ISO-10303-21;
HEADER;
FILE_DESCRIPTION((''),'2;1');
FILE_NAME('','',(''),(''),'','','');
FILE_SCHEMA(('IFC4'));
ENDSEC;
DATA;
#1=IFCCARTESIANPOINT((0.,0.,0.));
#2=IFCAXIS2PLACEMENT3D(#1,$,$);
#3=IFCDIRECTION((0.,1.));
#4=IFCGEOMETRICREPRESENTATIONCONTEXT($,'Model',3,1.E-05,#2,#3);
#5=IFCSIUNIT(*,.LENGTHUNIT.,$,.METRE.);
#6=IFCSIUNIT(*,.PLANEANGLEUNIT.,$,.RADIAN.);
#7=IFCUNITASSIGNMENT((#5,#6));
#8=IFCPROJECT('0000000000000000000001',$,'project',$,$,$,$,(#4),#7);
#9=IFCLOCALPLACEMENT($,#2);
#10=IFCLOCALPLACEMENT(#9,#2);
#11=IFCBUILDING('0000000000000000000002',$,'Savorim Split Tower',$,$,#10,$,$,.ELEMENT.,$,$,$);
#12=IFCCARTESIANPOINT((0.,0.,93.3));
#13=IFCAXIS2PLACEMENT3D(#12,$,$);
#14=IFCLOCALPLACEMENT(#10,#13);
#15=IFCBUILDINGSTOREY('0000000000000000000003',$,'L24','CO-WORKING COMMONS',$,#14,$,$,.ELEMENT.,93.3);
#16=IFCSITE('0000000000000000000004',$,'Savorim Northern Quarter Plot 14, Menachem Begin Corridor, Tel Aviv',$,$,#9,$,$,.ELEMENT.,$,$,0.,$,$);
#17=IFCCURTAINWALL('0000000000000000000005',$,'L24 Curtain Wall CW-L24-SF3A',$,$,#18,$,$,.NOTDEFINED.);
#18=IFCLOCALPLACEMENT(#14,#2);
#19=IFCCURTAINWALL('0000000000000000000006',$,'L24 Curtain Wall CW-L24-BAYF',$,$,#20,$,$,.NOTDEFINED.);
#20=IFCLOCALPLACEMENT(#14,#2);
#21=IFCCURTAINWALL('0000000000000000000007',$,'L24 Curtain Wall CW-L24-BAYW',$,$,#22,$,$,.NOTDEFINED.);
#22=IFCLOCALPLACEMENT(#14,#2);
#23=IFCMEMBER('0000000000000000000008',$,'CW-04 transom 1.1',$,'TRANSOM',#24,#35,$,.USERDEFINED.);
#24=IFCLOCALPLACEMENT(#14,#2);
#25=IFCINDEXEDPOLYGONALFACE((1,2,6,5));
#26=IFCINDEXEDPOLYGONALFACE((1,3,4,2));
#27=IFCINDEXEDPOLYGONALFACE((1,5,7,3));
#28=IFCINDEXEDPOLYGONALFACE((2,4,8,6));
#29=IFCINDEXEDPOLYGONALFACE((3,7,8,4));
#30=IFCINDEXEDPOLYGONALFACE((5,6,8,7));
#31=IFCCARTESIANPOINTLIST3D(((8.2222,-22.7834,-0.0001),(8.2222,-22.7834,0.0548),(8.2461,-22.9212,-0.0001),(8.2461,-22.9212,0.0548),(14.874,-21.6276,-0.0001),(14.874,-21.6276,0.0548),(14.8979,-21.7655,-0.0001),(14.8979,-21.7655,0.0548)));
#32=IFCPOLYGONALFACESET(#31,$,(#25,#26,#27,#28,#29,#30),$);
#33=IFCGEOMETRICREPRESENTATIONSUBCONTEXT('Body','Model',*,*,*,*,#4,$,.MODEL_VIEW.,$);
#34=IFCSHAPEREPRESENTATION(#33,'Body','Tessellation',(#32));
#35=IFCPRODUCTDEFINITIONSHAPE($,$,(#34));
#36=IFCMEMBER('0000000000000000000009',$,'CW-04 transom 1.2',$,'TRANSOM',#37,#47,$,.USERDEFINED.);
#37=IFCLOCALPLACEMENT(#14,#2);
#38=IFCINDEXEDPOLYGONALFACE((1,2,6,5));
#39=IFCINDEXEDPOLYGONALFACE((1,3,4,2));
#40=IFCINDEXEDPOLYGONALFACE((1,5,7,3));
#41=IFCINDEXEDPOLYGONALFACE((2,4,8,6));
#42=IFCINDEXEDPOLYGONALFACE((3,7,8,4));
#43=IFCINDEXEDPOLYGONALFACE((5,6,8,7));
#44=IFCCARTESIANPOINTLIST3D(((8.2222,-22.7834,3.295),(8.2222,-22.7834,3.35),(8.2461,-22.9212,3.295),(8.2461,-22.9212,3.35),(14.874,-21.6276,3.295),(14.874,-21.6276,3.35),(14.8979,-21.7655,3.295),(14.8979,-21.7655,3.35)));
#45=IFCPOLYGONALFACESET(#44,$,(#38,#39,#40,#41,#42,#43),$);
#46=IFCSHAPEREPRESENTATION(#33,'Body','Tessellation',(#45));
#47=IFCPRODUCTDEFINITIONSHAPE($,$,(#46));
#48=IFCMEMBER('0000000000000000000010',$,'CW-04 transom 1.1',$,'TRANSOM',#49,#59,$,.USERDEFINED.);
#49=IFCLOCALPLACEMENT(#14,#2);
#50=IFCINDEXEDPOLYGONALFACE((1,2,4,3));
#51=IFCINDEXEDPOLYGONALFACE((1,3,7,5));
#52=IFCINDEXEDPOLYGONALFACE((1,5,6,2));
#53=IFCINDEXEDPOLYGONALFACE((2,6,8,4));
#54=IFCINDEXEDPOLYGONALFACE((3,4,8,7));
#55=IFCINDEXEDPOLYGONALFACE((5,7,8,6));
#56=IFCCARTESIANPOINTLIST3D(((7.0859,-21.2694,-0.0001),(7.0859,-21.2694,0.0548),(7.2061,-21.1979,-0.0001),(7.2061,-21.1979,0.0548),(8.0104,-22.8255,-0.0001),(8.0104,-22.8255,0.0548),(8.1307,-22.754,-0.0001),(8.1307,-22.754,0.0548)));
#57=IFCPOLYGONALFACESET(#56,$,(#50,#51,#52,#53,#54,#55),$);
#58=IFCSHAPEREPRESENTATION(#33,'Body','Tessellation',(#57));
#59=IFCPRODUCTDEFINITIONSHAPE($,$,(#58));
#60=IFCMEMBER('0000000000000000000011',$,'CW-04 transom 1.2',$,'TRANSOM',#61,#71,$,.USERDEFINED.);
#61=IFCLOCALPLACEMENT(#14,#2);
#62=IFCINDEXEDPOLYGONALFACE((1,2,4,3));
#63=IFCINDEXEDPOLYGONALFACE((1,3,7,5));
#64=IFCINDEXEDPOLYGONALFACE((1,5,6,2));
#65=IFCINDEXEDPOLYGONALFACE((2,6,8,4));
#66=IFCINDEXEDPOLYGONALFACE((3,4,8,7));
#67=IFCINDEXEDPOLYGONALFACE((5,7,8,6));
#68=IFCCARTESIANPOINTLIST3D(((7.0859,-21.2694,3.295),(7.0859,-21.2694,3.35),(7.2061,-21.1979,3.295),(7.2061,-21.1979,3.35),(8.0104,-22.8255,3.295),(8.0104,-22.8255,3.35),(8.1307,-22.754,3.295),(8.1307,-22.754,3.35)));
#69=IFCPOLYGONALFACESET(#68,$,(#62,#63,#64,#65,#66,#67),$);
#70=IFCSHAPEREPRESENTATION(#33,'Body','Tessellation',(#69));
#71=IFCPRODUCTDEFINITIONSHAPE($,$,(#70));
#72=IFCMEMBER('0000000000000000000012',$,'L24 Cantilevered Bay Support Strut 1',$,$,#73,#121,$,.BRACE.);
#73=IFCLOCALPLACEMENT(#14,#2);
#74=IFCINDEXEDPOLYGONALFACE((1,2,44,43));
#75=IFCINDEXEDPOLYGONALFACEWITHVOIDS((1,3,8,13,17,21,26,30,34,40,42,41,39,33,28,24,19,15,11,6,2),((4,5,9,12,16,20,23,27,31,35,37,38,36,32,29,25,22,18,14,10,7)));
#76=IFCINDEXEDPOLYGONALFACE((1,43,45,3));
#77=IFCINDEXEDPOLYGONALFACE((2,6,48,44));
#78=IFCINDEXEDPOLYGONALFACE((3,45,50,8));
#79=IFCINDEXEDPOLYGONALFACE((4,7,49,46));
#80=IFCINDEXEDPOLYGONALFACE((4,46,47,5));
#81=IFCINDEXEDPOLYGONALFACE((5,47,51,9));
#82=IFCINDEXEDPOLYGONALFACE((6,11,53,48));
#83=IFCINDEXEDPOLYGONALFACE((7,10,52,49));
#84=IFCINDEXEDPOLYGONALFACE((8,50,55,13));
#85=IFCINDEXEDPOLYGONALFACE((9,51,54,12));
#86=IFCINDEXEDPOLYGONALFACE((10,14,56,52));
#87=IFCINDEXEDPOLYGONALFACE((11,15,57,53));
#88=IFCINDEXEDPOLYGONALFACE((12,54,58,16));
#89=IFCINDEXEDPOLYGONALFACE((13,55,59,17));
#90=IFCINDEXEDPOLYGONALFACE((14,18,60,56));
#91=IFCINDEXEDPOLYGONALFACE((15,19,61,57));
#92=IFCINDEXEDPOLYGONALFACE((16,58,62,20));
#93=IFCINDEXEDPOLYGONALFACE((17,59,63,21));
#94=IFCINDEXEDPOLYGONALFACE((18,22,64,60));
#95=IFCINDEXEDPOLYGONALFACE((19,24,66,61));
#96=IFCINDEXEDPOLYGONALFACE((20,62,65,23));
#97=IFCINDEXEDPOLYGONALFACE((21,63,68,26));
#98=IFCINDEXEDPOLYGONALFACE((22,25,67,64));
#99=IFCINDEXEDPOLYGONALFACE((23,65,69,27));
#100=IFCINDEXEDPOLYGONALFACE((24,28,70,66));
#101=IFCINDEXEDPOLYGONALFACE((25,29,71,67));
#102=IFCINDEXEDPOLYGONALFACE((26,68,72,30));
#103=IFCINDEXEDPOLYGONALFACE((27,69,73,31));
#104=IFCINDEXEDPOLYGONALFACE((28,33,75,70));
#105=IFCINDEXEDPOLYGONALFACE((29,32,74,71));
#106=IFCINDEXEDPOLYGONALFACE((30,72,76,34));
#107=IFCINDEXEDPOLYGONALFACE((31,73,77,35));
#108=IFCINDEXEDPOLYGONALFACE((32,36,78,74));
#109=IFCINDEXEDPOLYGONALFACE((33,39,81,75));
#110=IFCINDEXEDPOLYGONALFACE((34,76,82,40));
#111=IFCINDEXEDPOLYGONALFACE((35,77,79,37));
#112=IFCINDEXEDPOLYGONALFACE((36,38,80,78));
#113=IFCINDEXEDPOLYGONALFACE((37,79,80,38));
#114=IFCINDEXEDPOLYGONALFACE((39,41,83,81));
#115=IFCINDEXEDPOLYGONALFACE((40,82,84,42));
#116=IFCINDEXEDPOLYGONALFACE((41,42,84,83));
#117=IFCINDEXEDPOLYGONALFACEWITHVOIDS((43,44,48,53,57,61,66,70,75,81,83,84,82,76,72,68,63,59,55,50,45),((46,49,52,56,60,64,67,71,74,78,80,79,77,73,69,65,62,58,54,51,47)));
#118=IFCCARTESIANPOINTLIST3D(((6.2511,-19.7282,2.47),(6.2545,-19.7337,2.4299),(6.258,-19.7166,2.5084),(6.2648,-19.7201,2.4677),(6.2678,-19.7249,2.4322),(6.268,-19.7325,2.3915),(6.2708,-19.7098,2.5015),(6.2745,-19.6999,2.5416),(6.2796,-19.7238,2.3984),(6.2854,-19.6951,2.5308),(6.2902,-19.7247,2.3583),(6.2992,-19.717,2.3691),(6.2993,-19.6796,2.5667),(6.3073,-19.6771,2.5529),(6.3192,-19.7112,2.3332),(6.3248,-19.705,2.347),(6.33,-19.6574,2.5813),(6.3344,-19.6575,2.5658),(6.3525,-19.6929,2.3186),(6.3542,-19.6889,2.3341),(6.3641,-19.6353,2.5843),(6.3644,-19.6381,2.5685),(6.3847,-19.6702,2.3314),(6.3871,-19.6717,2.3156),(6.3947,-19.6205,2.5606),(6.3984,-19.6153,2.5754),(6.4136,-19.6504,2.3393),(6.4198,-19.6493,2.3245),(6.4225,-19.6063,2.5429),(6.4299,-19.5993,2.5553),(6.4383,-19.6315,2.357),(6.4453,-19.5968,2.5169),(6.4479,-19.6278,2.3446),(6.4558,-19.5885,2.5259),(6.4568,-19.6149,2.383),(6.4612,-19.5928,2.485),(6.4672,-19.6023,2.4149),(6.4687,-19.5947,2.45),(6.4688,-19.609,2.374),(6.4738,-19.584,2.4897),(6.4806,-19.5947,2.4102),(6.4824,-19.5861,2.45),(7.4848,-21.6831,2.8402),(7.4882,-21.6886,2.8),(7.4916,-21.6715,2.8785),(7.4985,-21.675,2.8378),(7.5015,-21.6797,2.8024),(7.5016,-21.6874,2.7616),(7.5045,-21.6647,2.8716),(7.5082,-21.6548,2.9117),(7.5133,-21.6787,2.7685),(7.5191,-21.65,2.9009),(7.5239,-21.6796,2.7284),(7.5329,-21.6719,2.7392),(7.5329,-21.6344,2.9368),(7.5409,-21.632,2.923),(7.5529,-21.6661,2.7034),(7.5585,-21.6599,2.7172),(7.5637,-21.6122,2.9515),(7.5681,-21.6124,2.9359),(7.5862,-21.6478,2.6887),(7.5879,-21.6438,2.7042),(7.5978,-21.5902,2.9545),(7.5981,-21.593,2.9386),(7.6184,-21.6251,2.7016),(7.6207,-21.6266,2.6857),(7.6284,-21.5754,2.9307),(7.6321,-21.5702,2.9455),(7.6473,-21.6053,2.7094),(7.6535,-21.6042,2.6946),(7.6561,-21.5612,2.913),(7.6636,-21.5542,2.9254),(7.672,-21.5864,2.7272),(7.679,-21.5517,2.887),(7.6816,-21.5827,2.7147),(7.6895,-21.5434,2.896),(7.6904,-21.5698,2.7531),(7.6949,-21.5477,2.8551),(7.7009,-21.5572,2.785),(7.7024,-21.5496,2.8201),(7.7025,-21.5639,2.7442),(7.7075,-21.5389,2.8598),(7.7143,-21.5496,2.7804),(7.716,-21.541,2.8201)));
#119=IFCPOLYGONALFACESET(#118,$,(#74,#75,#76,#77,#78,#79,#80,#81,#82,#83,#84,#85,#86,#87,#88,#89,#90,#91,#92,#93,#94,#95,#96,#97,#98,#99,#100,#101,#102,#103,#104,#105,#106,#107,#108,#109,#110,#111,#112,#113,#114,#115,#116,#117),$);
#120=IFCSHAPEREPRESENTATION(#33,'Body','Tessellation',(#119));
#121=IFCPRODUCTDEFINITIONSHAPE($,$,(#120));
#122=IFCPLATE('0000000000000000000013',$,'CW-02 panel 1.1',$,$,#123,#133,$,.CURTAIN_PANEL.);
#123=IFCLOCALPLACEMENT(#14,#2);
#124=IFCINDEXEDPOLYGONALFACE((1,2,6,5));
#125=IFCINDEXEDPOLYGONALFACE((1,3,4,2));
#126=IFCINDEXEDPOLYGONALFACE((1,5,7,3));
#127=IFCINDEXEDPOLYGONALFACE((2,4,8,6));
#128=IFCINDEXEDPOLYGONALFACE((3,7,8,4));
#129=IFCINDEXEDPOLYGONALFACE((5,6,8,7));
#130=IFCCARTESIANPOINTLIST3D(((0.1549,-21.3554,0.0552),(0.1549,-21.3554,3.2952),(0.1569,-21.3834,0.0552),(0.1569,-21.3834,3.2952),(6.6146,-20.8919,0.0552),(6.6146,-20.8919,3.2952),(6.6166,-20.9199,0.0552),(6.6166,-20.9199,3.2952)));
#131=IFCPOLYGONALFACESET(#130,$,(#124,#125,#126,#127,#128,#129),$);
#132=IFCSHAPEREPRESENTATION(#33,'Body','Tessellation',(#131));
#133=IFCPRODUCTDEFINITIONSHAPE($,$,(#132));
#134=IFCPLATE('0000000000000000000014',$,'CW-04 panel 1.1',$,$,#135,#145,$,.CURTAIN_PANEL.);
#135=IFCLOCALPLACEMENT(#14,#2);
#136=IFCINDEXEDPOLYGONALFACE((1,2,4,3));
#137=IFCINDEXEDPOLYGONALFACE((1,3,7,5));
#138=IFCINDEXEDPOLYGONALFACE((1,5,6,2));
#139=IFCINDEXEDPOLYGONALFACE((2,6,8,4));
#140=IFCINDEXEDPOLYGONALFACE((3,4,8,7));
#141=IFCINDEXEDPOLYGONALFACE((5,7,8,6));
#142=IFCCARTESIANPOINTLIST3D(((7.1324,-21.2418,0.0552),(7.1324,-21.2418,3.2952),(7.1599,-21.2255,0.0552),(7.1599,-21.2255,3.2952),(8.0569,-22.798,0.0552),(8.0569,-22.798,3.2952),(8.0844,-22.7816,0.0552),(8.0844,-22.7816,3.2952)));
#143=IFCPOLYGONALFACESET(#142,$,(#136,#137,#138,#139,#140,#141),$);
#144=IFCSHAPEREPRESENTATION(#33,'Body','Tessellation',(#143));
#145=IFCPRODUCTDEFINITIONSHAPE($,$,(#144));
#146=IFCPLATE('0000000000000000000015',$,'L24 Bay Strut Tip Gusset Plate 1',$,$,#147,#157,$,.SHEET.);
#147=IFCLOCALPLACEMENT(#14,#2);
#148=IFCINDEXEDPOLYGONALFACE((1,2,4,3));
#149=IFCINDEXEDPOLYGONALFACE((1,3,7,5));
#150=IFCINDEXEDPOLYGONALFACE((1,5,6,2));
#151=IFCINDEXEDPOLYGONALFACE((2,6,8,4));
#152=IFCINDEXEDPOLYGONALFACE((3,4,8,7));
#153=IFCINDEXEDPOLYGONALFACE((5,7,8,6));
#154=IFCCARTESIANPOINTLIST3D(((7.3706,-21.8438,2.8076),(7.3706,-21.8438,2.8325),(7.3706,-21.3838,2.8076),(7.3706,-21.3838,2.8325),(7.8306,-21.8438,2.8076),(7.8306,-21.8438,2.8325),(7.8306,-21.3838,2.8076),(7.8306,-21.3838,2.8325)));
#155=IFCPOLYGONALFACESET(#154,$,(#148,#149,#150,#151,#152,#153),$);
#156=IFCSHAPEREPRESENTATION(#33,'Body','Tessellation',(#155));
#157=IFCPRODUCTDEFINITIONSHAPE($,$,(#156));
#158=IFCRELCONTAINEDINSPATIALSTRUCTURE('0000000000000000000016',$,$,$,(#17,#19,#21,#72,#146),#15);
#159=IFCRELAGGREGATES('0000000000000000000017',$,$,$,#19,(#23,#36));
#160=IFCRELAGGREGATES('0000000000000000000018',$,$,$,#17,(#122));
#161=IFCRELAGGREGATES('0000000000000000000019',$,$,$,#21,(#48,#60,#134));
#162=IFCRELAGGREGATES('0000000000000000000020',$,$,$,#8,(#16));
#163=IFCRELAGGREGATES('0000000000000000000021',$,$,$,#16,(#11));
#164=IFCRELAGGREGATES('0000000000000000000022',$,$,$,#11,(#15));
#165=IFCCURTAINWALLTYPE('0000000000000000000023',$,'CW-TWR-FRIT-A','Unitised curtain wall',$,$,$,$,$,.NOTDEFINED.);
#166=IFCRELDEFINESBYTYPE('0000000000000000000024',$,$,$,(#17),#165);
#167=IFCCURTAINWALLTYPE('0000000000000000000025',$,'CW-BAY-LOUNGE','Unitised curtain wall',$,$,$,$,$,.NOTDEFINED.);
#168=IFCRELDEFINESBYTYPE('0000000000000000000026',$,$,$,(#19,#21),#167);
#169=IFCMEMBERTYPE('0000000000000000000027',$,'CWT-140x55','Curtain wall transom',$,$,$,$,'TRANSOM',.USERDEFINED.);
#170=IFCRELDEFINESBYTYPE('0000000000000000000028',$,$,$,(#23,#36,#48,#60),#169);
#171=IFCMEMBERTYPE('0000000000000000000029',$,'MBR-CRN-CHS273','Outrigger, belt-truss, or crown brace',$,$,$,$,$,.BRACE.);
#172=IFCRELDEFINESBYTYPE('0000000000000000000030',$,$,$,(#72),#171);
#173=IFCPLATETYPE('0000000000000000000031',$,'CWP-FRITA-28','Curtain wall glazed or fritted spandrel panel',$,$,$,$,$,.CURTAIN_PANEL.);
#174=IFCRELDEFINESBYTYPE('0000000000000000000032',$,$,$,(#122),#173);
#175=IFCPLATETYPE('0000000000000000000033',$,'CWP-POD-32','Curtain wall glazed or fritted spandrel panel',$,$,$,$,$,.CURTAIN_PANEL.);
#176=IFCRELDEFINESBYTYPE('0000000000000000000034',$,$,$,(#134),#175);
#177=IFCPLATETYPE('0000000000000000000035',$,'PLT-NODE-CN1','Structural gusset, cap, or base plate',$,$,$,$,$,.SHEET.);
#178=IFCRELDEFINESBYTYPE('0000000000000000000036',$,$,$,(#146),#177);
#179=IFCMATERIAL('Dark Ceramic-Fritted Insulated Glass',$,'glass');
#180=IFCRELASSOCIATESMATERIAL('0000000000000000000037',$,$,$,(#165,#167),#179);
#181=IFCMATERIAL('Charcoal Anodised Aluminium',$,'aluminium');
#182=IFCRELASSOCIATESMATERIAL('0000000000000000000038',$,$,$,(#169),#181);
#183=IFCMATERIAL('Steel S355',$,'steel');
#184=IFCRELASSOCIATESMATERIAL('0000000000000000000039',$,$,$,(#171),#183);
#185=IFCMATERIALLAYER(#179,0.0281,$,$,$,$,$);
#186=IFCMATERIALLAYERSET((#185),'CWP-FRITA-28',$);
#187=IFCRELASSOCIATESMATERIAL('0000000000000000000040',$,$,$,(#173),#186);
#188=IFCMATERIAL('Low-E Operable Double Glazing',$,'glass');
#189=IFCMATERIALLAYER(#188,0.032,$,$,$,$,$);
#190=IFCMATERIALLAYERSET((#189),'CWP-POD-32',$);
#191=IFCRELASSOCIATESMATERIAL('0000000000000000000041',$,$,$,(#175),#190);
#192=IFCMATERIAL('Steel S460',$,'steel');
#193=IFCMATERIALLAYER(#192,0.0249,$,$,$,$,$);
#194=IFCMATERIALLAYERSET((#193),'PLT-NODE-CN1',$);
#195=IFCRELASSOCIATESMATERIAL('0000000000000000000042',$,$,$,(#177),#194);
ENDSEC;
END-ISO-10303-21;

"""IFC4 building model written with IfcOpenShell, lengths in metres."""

from ifc_helpers import new_model, si_unit, direction, frame, origin, origin_2d, place, context, subcontext, project, spatial, rectangle, hollow_circle, extrude, material, layer, layer_set, material_profile, profile_set, type_object, element, aggregate, save


model = new_model("IFC4")

# Units and contexts
model_context = context("Model", 3, precision=1e-05, world=origin(), true_north=direction((0.0, 1.0)))
body_context = subcontext(model_context, "Body", "Model", "MODEL_VIEW")
ifc_project = project(units=[si_unit("LENGTHUNIT", "METRE"), si_unit("PLANEANGLEUNIT", "RADIAN")], contexts=[model_context])

# Site, building, storey
site_placement = place(None, origin())
site = spatial("IfcSite", under=ifc_project, at=site_placement, Name="Savorim Northern Quarter Plot 14, Menachem Begin Corridor, Tel Aviv", CompositionType="ELEMENT", RefElevation=0.0)
building_placement = place(site_placement, origin())
building = spatial("IfcBuilding", under=site, at=building_placement, Name="Savorim Split Tower", CompositionType="ELEMENT")
storey_placement = place(building_placement, frame((0.0, 0.0, 93.3)))
storey = spatial("IfcBuildingStorey", under=building, at=storey_placement, Name="L24", Description="CO-WORKING COMMONS", CompositionType="ELEMENT", Elevation=93.3)

# Shared definitions
ifc_material_1 = material(Name="Steel S460", Category="steel")

# Shared definitions
ifc_material_2 = material(Name="Steel S355", Category="steel")

# Curtain wall
ifc_material_3 = material(Name="Dark Ceramic-Fritted Insulated Glass", Category="glass")
curtain_wall_type_1 = type_object("IfcCurtainWallType", Name="CW-TWR-FRIT-A", Description="Unitised curtain wall", PredefinedType="NOTDEFINED", material=ifc_material_3)
curtain_wall_1_placement = place(storey_placement, origin())
curtain_wall_1 = element("IfcCurtainWall", 1, at=curtain_wall_1_placement, inside=storey, type_object=curtain_wall_type_1, Name="L24 Curtain Wall CW-L24-SF3A", PredefinedType="NOTDEFINED")
ifc_material_4 = material(Name="Charcoal Anodised Aluminium", Category="aluminium")

# Curtain wall
curtain_wall_type_2 = type_object("IfcCurtainWallType", Name="CW-BAY-LOUNGE", Description="Unitised curtain wall", PredefinedType="NOTDEFINED", material=ifc_material_3)
curtain_wall_2_placement = place(storey_placement, origin())
curtain_wall_2 = element("IfcCurtainWall", 2, at=curtain_wall_2_placement, inside=storey, type_object=curtain_wall_type_2, Name="L24 Curtain Wall CW-L24-BAYF", PredefinedType="NOTDEFINED")

# Curtain wall
curtain_wall_3_placement = place(storey_placement, origin())
curtain_wall_3 = element("IfcCurtainWall", 3, at=curtain_wall_3_placement, inside=storey, type_object=curtain_wall_type_2, Name="L24 Curtain Wall CW-L24-BAYW", PredefinedType="NOTDEFINED")

# Members
ifc_material_profile_1 = material_profile(ifc_material_4, rectangle(XDim=0.1399, YDim=0.0549, at=origin_2d()), Name="ALU-T 140x55")
ifc_profile_set_1 = profile_set([ifc_material_profile_1], Name="Charcoal Anodised Aluminium")
member_type_1 = type_object("IfcMemberType", Name="CWT-140x55", Description="Curtain wall transom", ElementType="TRANSOM", PredefinedType="USERDEFINED", material=ifc_profile_set_1)
member_1_placement = place(storey_placement, frame((8.2341, -22.8523, 0.0273), z_axis=(0.985239, 0.171186, 0.0), x_axis=(-0.171186, 0.985239, 0.0)))
member_1 = element("IfcMember", 4, at=member_1_placement, type_object=member_type_1, Name="CW-04 transom 1.1", ObjectType="TRANSOM", PredefinedType="USERDEFINED", context=body_context, shape_type="SweptSolid", body=[
    extrude(rectangle(XDim=0.1399, YDim=0.0549, at=origin_2d()), origin(), (0.0, 0.0, 1.0), 6.7515),
])
member_2_placement = place(storey_placement, frame((8.2341, -22.8523, 3.3225), z_axis=(0.985239, 0.171186, 0.0), x_axis=(-0.171186, 0.985239, 0.0)))
member_2 = element("IfcMember", 5, at=member_2_placement, type_object=member_type_1, Name="CW-04 transom 1.2", ObjectType="TRANSOM", PredefinedType="USERDEFINED", context=body_context, shape_type="SweptSolid", body=[
    extrude(rectangle(XDim=0.1399, YDim=0.0549, at=origin_2d()), origin(), (0.0, 0.0, 1.0), 6.7515),
])
aggregate(curtain_wall_2, [member_1, member_2])
member_3_placement = place(storey_placement, frame((7.146, -21.2336, 0.0273), z_axis=(0.510782, -0.85971, 0.0), x_axis=(0.85971, 0.510782, 0.0)))
member_3 = element("IfcMember", 6, at=member_3_placement, type_object=member_type_1, Name="CW-04 transom 1.1", ObjectType="TRANSOM", PredefinedType="USERDEFINED", context=body_context, shape_type="SweptSolid", body=[
    extrude(rectangle(XDim=0.1399, YDim=0.0549, at=origin_2d()), origin(), (0.0, 0.0, 1.0), 1.8101),
])
member_4_placement = place(storey_placement, frame((7.146, -21.2336, 3.3225), z_axis=(0.510782, -0.85971, 0.0), x_axis=(0.85971, 0.510782, 0.0)))
member_4 = element("IfcMember", 7, at=member_4_placement, type_object=member_type_1, Name="CW-04 transom 1.2", ObjectType="TRANSOM", PredefinedType="USERDEFINED", context=body_context, shape_type="SweptSolid", body=[
    extrude(rectangle(XDim=0.1399, YDim=0.0549, at=origin_2d()), origin(), (0.0, 0.0, 1.0), 1.8101),
])
ifc_material_profile_2 = material_profile(ifc_material_2, hollow_circle(Radius=0.1365, WallThickness=0.0161, at=origin_2d()), Name="CHS 273x16")
ifc_profile_set_2 = profile_set([ifc_material_profile_2], Name="Steel S355")
member_type_2 = type_object("IfcMemberType", Name="MBR-CRN-CHS273", Description="Outrigger, belt-truss, or crown brace", PredefinedType="BRACE", material=ifc_profile_set_2)
member_5_placement = place(storey_placement, frame((6.3669, -19.6589, 2.45), z_axis=(0.526975, -0.835046, 0.158103), x_axis=(0.845682, 0.533687, 0.0)))
element("IfcMember", 8, at=member_5_placement, inside=storey, type_object=member_type_2, Name="L24 Cantilevered Bay Support Strut 1", PredefinedType="BRACE", context=body_context, shape_type="SweptSolid", body=[
    extrude(hollow_circle(Radius=0.1365, WallThickness=0.0161, at=origin_2d()), origin(), (0.0, 0.0, 1.0), 2.3411),
])

# Plates
ifc_layer_1 = layer(ifc_material_3, 0.0281)
ifc_layer_set_1 = layer_set([ifc_layer_1], Name="CWP-FRITA-28")
plate_type_1 = type_object("IfcPlateType", Name="CWP-FRITA-28", Description="Curtain wall glazed or fritted spandrel panel", PredefinedType="CURTAIN_PANEL", material=ifc_layer_set_1)
plate_1_placement = place(storey_placement, frame((3.3857, -21.1377, 0.0552), z_axis=(0.0, 0.0, 1.0), x_axis=(0.997436, 0.071569, 0.0)))
plate_1 = element("IfcPlate", 9, at=plate_1_placement, type_object=plate_type_1, Name="CW-02 panel 1.1", PredefinedType="CURTAIN_PANEL", context=body_context, shape_type="SweptSolid", body=[
    extrude(rectangle(XDim=6.4763, YDim=0.0281, at=origin_2d()), origin(), (0.0, 0.0, 1.0), 3.24),
])
aggregate(curtain_wall_1, [plate_1])
ifc_material_5 = material(Name="Low-E Operable Double Glazing", Category="glass")
ifc_layer_2 = layer(ifc_material_5, 0.032)
ifc_layer_set_2 = layer_set([ifc_layer_2], Name="CWP-POD-32")
plate_type_2 = type_object("IfcPlateType", Name="CWP-POD-32", Description="Curtain wall glazed or fritted spandrel panel", PredefinedType="CURTAIN_PANEL", material=ifc_layer_set_2)
plate_2_placement = place(storey_placement, frame((7.6084, -22.0117, 0.0552), z_axis=(0.0, 0.0, 1.0), x_axis=(0.510761, -0.859722, 0.0)))
plate_2 = element("IfcPlate", 10, at=plate_2_placement, type_object=plate_type_2, Name="CW-04 panel 1.1", PredefinedType="CURTAIN_PANEL", context=body_context, shape_type="SweptSolid", body=[
    extrude(rectangle(XDim=1.8101, YDim=0.032, at=origin_2d()), origin(), (0.0, 0.0, 1.0), 3.24),
])
aggregate(curtain_wall_3, [member_3, member_4, plate_2])
ifc_layer_3 = layer(ifc_material_1, 0.0249)
ifc_layer_set_3 = layer_set([ifc_layer_3], Name="PLT-NODE-CN1")
plate_type_3 = type_object("IfcPlateType", Name="PLT-NODE-CN1", Description="Structural gusset, cap, or base plate", PredefinedType="SHEET", material=ifc_layer_set_3)
plate_3_placement = place(storey_placement, frame((7.6006, -21.6138, 2.8076), z_axis=(0.0, 0.0, 1.0), x_axis=(1.0, 0.0, 0.0)))
element("IfcPlate", 11, at=plate_3_placement, inside=storey, type_object=plate_type_3, Name="L24 Bay Strut Tip Gusset Plate 1", PredefinedType="SHEET", context=body_context, shape_type="SweptSolid", body=[
    extrude(rectangle(XDim=0.46, YDim=0.46, at=origin_2d()), origin(), (0.0, 0.0, 1.0), 0.0249),
])

save(model, "model.ifc")
